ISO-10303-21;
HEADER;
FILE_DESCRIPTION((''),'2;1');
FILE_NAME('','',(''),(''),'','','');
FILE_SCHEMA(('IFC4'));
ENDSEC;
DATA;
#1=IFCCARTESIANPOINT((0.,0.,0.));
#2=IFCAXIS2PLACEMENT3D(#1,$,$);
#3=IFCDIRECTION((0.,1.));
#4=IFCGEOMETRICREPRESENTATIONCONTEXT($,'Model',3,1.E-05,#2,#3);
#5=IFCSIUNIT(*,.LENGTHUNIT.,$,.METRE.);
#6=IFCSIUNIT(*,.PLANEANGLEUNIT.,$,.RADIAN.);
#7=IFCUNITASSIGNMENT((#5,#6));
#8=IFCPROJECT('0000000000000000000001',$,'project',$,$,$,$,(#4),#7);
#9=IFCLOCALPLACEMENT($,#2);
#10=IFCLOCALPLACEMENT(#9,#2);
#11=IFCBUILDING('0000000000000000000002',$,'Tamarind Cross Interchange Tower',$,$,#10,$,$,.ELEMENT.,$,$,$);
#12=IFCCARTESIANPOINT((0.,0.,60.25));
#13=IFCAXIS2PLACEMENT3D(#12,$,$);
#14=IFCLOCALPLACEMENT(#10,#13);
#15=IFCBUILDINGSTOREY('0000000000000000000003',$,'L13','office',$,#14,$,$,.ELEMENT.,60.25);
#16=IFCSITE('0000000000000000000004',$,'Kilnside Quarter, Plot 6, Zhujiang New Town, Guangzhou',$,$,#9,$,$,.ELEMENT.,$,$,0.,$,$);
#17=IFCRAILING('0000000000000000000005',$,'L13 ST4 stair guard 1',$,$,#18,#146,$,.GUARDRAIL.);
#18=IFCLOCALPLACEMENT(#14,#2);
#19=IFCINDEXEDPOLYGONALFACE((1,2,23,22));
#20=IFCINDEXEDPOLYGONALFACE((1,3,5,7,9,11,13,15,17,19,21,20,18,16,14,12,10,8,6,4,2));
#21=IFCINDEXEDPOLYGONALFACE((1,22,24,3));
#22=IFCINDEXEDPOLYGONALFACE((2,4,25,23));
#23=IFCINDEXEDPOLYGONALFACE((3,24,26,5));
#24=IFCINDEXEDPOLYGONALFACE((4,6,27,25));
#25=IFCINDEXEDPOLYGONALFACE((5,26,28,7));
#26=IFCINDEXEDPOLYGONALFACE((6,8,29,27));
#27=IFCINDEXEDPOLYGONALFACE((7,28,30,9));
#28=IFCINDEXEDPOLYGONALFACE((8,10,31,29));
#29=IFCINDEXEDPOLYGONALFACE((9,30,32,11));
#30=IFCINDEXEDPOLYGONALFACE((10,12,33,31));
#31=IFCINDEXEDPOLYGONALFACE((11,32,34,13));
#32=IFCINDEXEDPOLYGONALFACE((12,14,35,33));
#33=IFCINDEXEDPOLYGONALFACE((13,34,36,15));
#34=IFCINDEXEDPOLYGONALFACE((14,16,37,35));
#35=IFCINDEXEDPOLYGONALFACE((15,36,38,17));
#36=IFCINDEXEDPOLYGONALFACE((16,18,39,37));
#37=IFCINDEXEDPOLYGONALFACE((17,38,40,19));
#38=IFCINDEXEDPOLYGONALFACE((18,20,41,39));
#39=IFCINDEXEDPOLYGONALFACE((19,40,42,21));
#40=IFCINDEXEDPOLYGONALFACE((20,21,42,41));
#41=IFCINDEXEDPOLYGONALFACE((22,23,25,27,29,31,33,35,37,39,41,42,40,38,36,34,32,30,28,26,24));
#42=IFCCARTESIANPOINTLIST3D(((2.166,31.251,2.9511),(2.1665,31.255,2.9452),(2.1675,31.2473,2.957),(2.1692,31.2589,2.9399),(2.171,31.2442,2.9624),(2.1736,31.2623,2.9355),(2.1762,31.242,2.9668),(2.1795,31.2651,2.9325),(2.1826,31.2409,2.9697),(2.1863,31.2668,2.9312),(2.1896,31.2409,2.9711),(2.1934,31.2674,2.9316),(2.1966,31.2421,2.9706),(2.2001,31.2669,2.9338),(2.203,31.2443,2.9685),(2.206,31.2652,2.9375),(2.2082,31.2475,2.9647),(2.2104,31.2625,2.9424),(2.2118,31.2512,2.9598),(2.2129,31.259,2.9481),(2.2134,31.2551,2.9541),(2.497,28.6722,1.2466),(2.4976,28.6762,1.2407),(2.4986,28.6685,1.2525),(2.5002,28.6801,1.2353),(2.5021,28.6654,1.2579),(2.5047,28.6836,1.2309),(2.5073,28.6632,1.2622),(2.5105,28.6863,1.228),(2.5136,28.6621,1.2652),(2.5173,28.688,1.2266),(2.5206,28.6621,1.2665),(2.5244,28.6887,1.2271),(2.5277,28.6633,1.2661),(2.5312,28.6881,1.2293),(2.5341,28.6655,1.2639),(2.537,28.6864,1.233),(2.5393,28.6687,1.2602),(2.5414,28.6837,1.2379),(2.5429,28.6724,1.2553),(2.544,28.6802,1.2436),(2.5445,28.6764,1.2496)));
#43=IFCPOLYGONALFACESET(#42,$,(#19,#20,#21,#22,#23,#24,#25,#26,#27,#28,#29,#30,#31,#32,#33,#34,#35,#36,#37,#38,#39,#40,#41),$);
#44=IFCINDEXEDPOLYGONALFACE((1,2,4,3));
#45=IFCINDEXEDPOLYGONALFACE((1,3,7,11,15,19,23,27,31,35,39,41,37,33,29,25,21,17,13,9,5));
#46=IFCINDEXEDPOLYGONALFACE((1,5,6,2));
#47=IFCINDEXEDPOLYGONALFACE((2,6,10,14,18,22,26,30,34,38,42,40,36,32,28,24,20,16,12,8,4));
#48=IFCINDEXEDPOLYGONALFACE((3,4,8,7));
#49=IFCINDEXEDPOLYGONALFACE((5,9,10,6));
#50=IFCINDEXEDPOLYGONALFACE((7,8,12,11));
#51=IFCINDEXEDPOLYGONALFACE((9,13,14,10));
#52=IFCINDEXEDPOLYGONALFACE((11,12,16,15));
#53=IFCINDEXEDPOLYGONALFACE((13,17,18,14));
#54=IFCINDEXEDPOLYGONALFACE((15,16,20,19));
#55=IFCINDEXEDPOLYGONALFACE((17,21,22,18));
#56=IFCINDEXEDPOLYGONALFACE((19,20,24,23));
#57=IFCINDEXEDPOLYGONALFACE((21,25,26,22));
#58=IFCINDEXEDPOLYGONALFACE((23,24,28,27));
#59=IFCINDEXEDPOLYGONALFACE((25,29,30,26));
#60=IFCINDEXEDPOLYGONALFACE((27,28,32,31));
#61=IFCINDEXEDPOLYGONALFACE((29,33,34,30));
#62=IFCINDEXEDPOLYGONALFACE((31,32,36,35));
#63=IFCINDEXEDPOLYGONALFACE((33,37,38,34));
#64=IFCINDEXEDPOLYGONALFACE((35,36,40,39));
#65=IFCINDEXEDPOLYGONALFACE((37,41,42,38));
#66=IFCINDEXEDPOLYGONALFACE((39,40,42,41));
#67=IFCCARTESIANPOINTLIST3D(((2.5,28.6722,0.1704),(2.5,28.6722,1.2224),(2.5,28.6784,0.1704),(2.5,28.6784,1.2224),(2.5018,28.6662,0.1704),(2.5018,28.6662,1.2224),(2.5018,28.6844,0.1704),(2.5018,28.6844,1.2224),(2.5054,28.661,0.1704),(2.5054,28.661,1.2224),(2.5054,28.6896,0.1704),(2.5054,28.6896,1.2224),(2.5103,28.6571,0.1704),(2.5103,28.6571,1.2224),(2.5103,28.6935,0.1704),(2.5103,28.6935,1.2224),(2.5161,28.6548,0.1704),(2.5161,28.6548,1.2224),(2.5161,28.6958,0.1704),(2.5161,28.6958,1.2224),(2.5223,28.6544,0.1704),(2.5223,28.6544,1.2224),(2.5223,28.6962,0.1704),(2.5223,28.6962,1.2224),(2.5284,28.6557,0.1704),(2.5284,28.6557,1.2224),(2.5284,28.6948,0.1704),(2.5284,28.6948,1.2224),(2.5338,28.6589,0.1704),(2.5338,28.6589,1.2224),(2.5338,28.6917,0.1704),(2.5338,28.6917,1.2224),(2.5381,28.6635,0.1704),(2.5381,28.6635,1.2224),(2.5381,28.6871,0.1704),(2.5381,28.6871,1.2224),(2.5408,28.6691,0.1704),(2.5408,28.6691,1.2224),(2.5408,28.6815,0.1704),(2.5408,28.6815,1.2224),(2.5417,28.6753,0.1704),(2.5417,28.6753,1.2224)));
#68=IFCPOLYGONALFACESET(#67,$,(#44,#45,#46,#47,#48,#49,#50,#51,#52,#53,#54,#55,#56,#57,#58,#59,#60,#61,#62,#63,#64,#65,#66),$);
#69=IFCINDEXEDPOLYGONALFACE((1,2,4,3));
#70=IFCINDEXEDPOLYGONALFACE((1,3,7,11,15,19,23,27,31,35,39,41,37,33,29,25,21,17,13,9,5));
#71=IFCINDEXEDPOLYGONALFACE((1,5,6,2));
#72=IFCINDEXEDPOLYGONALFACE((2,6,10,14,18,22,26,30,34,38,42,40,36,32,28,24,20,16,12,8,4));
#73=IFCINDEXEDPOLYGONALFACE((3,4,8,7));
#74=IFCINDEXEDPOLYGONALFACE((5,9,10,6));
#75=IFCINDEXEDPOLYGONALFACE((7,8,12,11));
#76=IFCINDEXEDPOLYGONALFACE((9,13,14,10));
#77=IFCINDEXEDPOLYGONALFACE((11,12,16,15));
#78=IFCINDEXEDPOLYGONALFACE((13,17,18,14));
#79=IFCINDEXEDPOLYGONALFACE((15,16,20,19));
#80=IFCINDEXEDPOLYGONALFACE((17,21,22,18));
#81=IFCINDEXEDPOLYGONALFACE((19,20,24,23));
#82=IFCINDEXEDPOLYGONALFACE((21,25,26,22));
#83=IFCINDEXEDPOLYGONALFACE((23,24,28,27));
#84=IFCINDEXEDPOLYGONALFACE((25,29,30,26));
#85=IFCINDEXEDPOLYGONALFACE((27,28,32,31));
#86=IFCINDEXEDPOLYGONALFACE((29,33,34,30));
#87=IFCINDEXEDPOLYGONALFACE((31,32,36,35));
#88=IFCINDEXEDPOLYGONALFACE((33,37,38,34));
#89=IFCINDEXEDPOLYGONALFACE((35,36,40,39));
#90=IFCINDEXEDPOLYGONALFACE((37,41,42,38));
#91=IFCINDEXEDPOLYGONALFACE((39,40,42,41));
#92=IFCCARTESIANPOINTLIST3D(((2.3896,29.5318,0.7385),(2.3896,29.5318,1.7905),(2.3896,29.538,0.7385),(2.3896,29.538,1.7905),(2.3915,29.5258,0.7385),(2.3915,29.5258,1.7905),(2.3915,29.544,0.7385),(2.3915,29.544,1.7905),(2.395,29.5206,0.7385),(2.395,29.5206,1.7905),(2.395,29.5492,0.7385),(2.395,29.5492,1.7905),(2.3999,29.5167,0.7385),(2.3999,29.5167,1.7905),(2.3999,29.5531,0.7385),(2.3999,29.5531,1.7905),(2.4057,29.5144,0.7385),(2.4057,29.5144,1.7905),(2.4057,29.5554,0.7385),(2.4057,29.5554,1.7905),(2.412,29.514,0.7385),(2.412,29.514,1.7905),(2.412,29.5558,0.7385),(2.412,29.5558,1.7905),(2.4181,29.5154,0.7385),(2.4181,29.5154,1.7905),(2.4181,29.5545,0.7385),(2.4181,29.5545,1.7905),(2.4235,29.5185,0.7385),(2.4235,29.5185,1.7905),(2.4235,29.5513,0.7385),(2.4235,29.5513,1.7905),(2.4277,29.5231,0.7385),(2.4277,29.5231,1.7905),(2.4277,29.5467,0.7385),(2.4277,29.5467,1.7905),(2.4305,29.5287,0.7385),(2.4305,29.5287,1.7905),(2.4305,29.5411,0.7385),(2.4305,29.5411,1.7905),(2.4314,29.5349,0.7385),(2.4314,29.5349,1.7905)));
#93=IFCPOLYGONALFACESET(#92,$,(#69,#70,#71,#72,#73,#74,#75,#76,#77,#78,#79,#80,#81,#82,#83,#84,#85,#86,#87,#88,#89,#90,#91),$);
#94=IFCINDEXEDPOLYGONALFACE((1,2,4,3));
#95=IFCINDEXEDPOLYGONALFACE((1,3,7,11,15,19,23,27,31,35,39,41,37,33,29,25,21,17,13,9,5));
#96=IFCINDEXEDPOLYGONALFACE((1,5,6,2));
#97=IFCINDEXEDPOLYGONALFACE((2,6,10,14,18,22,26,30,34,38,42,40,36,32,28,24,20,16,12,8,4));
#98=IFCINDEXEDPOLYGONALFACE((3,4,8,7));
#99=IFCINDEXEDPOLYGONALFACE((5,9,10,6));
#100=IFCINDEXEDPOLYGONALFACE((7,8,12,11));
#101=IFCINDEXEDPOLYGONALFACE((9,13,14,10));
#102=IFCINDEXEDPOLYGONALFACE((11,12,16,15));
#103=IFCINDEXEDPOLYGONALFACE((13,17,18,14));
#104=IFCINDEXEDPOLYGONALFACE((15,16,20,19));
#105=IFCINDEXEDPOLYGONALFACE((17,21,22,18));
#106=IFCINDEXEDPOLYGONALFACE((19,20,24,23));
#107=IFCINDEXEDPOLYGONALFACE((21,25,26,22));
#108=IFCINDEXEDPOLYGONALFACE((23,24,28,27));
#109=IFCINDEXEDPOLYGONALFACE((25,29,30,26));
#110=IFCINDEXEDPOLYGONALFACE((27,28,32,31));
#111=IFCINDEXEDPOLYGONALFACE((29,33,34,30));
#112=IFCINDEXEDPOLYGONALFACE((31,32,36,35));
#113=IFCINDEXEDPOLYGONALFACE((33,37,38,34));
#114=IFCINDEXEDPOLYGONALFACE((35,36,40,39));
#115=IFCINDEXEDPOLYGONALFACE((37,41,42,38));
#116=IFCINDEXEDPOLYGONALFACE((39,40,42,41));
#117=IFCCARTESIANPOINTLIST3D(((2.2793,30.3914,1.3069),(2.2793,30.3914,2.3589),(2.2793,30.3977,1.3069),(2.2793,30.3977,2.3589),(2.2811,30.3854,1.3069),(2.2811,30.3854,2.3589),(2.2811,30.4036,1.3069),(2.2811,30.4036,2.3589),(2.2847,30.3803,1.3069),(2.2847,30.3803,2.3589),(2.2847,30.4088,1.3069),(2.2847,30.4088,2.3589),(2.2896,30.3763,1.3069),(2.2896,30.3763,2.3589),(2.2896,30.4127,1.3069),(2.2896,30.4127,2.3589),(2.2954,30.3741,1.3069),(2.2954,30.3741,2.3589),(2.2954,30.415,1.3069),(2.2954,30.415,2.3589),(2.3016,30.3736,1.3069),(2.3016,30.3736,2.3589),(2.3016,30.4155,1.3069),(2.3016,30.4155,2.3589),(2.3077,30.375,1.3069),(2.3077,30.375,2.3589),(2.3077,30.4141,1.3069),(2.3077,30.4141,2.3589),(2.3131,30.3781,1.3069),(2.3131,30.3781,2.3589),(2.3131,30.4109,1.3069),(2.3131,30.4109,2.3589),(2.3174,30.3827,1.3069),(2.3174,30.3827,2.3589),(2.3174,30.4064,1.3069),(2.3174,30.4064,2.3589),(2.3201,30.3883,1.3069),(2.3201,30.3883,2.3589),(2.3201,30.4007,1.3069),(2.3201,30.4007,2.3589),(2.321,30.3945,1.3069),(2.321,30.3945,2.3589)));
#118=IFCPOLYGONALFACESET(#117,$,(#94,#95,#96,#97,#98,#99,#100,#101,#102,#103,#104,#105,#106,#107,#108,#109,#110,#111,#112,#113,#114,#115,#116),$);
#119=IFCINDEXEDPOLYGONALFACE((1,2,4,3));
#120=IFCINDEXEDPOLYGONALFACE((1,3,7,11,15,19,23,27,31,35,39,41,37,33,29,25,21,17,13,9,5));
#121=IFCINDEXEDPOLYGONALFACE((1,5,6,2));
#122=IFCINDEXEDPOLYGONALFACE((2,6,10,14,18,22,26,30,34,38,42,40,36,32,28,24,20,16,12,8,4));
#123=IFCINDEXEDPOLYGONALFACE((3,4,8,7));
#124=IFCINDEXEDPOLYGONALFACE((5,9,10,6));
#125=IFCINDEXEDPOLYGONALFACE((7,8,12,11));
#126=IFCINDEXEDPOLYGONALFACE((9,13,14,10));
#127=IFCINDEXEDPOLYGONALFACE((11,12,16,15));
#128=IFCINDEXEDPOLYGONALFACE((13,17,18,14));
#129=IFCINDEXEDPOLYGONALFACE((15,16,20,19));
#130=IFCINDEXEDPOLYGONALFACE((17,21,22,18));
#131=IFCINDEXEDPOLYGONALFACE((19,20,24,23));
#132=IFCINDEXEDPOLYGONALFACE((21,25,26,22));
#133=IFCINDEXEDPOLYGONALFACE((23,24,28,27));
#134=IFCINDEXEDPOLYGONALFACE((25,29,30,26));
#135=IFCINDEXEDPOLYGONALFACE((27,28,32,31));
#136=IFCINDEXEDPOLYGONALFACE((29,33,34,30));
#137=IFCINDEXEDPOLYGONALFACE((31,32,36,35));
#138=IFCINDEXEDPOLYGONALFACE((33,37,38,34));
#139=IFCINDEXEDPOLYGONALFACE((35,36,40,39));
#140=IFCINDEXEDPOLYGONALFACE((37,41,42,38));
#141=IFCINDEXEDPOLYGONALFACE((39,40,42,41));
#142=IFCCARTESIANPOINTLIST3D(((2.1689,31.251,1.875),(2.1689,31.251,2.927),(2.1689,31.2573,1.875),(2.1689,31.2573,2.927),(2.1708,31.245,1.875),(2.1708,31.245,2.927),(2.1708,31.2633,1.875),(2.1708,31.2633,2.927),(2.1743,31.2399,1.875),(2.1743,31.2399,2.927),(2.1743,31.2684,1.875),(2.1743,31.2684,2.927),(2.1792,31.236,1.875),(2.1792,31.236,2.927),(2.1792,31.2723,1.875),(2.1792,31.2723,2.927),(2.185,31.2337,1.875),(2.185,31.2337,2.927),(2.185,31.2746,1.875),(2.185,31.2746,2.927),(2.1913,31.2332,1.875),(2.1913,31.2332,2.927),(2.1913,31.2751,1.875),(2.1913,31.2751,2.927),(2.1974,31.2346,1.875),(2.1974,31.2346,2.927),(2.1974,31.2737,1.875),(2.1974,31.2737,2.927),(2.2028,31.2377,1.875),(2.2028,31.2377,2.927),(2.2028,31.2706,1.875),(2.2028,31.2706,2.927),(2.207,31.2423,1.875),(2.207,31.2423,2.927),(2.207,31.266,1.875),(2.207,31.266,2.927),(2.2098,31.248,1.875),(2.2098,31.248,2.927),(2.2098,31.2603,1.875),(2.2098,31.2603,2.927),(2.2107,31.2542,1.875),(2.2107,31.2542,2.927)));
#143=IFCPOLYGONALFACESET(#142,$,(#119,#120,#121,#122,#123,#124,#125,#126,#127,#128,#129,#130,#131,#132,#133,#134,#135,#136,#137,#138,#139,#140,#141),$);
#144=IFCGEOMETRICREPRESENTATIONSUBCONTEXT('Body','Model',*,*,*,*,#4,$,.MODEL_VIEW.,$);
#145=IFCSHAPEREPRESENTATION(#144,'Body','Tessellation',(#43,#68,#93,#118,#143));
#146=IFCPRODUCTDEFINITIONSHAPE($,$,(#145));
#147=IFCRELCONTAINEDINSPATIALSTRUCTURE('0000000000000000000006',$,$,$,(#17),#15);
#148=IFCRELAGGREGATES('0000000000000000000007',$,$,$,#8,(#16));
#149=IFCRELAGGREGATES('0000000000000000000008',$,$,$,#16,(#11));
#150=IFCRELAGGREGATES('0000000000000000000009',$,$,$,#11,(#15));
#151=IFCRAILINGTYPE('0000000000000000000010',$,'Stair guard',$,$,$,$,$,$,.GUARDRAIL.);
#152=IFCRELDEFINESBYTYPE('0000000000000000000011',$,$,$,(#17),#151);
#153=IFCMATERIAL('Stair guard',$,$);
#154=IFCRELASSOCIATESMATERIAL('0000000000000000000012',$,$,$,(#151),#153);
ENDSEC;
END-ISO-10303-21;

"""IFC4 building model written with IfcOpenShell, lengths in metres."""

from ifc_helpers import new_model, si_unit, direction, frame, origin, origin_2d, place, context, subcontext, project, spatial, circle, extrude, material, type_object, element, save


model = new_model("IFC4")

# Units and contexts
model_context = context("Model", 3, precision=1e-05, world=origin(), true_north=direction((0.0, 1.0)))
body_context = subcontext(model_context, "Body", "Model", "MODEL_VIEW")
ifc_project = project(units=[si_unit("LENGTHUNIT", "METRE"), si_unit("PLANEANGLEUNIT", "RADIAN")], contexts=[model_context])

# Site, building, storey
site_placement = place(None, origin())
site = spatial("IfcSite", under=ifc_project, at=site_placement, Name="Kilnside Quarter, Plot 6, Zhujiang New Town, Guangzhou", CompositionType="ELEMENT", RefElevation=0.0)
building_placement = place(site_placement, origin())
building = spatial("IfcBuilding", under=site, at=building_placement, Name="Tamarind Cross Interchange Tower", CompositionType="ELEMENT")
storey_placement = place(building_placement, frame((0.0, 0.0, 60.25)))
storey = spatial("IfcBuildingStorey", under=building, at=storey_placement, Name="L13", Description="office", CompositionType="ELEMENT", Elevation=60.25)

# Railing
ifc_material_1 = material(Name="Stair guard")
railing_type_1 = type_object("IfcRailingType", Name="Stair guard", PredefinedType="GUARDRAIL", material=ifc_material_1)
railing_1_placement = place(storey_placement, frame((2.5208, 28.6753, 0.1704)))
element("IfcRailing", 1, at=railing_1_placement, inside=storey, type_object=railing_type_1, Name="L13 ST4 stair guard 1", PredefinedType="GUARDRAIL", context=body_context, shape_type="SweptSolid", body=[
    extrude(circle(Radius=0.0239, at=origin_2d()), frame((0.0, 0.0, 1.0762), z_axis=(-0.106484, 0.829488, 0.54828), x_axis=(-0.991861, -0.127328, 0.0)), (0.0, 0.0, 1.0), 3.1089),
    extrude(circle(Radius=0.021, at=origin_2d()), origin(), (0.0, 0.0, 1.0), 1.052),
    extrude(circle(Radius=0.021, at=origin_2d()), frame((-0.1104, 0.8596, 0.5681)), (0.0, 0.0, 1.0), 1.052),
    extrude(circle(Radius=0.021, at=origin_2d()), frame((-0.2207, 1.7192, 1.1365)), (0.0, 0.0, 1.0), 1.052),
    extrude(circle(Radius=0.021, at=origin_2d()), frame((-0.3311, 2.5789, 1.7046)), (0.0, 0.0, 1.0), 1.052),
])

save(model, "model.ifc")
